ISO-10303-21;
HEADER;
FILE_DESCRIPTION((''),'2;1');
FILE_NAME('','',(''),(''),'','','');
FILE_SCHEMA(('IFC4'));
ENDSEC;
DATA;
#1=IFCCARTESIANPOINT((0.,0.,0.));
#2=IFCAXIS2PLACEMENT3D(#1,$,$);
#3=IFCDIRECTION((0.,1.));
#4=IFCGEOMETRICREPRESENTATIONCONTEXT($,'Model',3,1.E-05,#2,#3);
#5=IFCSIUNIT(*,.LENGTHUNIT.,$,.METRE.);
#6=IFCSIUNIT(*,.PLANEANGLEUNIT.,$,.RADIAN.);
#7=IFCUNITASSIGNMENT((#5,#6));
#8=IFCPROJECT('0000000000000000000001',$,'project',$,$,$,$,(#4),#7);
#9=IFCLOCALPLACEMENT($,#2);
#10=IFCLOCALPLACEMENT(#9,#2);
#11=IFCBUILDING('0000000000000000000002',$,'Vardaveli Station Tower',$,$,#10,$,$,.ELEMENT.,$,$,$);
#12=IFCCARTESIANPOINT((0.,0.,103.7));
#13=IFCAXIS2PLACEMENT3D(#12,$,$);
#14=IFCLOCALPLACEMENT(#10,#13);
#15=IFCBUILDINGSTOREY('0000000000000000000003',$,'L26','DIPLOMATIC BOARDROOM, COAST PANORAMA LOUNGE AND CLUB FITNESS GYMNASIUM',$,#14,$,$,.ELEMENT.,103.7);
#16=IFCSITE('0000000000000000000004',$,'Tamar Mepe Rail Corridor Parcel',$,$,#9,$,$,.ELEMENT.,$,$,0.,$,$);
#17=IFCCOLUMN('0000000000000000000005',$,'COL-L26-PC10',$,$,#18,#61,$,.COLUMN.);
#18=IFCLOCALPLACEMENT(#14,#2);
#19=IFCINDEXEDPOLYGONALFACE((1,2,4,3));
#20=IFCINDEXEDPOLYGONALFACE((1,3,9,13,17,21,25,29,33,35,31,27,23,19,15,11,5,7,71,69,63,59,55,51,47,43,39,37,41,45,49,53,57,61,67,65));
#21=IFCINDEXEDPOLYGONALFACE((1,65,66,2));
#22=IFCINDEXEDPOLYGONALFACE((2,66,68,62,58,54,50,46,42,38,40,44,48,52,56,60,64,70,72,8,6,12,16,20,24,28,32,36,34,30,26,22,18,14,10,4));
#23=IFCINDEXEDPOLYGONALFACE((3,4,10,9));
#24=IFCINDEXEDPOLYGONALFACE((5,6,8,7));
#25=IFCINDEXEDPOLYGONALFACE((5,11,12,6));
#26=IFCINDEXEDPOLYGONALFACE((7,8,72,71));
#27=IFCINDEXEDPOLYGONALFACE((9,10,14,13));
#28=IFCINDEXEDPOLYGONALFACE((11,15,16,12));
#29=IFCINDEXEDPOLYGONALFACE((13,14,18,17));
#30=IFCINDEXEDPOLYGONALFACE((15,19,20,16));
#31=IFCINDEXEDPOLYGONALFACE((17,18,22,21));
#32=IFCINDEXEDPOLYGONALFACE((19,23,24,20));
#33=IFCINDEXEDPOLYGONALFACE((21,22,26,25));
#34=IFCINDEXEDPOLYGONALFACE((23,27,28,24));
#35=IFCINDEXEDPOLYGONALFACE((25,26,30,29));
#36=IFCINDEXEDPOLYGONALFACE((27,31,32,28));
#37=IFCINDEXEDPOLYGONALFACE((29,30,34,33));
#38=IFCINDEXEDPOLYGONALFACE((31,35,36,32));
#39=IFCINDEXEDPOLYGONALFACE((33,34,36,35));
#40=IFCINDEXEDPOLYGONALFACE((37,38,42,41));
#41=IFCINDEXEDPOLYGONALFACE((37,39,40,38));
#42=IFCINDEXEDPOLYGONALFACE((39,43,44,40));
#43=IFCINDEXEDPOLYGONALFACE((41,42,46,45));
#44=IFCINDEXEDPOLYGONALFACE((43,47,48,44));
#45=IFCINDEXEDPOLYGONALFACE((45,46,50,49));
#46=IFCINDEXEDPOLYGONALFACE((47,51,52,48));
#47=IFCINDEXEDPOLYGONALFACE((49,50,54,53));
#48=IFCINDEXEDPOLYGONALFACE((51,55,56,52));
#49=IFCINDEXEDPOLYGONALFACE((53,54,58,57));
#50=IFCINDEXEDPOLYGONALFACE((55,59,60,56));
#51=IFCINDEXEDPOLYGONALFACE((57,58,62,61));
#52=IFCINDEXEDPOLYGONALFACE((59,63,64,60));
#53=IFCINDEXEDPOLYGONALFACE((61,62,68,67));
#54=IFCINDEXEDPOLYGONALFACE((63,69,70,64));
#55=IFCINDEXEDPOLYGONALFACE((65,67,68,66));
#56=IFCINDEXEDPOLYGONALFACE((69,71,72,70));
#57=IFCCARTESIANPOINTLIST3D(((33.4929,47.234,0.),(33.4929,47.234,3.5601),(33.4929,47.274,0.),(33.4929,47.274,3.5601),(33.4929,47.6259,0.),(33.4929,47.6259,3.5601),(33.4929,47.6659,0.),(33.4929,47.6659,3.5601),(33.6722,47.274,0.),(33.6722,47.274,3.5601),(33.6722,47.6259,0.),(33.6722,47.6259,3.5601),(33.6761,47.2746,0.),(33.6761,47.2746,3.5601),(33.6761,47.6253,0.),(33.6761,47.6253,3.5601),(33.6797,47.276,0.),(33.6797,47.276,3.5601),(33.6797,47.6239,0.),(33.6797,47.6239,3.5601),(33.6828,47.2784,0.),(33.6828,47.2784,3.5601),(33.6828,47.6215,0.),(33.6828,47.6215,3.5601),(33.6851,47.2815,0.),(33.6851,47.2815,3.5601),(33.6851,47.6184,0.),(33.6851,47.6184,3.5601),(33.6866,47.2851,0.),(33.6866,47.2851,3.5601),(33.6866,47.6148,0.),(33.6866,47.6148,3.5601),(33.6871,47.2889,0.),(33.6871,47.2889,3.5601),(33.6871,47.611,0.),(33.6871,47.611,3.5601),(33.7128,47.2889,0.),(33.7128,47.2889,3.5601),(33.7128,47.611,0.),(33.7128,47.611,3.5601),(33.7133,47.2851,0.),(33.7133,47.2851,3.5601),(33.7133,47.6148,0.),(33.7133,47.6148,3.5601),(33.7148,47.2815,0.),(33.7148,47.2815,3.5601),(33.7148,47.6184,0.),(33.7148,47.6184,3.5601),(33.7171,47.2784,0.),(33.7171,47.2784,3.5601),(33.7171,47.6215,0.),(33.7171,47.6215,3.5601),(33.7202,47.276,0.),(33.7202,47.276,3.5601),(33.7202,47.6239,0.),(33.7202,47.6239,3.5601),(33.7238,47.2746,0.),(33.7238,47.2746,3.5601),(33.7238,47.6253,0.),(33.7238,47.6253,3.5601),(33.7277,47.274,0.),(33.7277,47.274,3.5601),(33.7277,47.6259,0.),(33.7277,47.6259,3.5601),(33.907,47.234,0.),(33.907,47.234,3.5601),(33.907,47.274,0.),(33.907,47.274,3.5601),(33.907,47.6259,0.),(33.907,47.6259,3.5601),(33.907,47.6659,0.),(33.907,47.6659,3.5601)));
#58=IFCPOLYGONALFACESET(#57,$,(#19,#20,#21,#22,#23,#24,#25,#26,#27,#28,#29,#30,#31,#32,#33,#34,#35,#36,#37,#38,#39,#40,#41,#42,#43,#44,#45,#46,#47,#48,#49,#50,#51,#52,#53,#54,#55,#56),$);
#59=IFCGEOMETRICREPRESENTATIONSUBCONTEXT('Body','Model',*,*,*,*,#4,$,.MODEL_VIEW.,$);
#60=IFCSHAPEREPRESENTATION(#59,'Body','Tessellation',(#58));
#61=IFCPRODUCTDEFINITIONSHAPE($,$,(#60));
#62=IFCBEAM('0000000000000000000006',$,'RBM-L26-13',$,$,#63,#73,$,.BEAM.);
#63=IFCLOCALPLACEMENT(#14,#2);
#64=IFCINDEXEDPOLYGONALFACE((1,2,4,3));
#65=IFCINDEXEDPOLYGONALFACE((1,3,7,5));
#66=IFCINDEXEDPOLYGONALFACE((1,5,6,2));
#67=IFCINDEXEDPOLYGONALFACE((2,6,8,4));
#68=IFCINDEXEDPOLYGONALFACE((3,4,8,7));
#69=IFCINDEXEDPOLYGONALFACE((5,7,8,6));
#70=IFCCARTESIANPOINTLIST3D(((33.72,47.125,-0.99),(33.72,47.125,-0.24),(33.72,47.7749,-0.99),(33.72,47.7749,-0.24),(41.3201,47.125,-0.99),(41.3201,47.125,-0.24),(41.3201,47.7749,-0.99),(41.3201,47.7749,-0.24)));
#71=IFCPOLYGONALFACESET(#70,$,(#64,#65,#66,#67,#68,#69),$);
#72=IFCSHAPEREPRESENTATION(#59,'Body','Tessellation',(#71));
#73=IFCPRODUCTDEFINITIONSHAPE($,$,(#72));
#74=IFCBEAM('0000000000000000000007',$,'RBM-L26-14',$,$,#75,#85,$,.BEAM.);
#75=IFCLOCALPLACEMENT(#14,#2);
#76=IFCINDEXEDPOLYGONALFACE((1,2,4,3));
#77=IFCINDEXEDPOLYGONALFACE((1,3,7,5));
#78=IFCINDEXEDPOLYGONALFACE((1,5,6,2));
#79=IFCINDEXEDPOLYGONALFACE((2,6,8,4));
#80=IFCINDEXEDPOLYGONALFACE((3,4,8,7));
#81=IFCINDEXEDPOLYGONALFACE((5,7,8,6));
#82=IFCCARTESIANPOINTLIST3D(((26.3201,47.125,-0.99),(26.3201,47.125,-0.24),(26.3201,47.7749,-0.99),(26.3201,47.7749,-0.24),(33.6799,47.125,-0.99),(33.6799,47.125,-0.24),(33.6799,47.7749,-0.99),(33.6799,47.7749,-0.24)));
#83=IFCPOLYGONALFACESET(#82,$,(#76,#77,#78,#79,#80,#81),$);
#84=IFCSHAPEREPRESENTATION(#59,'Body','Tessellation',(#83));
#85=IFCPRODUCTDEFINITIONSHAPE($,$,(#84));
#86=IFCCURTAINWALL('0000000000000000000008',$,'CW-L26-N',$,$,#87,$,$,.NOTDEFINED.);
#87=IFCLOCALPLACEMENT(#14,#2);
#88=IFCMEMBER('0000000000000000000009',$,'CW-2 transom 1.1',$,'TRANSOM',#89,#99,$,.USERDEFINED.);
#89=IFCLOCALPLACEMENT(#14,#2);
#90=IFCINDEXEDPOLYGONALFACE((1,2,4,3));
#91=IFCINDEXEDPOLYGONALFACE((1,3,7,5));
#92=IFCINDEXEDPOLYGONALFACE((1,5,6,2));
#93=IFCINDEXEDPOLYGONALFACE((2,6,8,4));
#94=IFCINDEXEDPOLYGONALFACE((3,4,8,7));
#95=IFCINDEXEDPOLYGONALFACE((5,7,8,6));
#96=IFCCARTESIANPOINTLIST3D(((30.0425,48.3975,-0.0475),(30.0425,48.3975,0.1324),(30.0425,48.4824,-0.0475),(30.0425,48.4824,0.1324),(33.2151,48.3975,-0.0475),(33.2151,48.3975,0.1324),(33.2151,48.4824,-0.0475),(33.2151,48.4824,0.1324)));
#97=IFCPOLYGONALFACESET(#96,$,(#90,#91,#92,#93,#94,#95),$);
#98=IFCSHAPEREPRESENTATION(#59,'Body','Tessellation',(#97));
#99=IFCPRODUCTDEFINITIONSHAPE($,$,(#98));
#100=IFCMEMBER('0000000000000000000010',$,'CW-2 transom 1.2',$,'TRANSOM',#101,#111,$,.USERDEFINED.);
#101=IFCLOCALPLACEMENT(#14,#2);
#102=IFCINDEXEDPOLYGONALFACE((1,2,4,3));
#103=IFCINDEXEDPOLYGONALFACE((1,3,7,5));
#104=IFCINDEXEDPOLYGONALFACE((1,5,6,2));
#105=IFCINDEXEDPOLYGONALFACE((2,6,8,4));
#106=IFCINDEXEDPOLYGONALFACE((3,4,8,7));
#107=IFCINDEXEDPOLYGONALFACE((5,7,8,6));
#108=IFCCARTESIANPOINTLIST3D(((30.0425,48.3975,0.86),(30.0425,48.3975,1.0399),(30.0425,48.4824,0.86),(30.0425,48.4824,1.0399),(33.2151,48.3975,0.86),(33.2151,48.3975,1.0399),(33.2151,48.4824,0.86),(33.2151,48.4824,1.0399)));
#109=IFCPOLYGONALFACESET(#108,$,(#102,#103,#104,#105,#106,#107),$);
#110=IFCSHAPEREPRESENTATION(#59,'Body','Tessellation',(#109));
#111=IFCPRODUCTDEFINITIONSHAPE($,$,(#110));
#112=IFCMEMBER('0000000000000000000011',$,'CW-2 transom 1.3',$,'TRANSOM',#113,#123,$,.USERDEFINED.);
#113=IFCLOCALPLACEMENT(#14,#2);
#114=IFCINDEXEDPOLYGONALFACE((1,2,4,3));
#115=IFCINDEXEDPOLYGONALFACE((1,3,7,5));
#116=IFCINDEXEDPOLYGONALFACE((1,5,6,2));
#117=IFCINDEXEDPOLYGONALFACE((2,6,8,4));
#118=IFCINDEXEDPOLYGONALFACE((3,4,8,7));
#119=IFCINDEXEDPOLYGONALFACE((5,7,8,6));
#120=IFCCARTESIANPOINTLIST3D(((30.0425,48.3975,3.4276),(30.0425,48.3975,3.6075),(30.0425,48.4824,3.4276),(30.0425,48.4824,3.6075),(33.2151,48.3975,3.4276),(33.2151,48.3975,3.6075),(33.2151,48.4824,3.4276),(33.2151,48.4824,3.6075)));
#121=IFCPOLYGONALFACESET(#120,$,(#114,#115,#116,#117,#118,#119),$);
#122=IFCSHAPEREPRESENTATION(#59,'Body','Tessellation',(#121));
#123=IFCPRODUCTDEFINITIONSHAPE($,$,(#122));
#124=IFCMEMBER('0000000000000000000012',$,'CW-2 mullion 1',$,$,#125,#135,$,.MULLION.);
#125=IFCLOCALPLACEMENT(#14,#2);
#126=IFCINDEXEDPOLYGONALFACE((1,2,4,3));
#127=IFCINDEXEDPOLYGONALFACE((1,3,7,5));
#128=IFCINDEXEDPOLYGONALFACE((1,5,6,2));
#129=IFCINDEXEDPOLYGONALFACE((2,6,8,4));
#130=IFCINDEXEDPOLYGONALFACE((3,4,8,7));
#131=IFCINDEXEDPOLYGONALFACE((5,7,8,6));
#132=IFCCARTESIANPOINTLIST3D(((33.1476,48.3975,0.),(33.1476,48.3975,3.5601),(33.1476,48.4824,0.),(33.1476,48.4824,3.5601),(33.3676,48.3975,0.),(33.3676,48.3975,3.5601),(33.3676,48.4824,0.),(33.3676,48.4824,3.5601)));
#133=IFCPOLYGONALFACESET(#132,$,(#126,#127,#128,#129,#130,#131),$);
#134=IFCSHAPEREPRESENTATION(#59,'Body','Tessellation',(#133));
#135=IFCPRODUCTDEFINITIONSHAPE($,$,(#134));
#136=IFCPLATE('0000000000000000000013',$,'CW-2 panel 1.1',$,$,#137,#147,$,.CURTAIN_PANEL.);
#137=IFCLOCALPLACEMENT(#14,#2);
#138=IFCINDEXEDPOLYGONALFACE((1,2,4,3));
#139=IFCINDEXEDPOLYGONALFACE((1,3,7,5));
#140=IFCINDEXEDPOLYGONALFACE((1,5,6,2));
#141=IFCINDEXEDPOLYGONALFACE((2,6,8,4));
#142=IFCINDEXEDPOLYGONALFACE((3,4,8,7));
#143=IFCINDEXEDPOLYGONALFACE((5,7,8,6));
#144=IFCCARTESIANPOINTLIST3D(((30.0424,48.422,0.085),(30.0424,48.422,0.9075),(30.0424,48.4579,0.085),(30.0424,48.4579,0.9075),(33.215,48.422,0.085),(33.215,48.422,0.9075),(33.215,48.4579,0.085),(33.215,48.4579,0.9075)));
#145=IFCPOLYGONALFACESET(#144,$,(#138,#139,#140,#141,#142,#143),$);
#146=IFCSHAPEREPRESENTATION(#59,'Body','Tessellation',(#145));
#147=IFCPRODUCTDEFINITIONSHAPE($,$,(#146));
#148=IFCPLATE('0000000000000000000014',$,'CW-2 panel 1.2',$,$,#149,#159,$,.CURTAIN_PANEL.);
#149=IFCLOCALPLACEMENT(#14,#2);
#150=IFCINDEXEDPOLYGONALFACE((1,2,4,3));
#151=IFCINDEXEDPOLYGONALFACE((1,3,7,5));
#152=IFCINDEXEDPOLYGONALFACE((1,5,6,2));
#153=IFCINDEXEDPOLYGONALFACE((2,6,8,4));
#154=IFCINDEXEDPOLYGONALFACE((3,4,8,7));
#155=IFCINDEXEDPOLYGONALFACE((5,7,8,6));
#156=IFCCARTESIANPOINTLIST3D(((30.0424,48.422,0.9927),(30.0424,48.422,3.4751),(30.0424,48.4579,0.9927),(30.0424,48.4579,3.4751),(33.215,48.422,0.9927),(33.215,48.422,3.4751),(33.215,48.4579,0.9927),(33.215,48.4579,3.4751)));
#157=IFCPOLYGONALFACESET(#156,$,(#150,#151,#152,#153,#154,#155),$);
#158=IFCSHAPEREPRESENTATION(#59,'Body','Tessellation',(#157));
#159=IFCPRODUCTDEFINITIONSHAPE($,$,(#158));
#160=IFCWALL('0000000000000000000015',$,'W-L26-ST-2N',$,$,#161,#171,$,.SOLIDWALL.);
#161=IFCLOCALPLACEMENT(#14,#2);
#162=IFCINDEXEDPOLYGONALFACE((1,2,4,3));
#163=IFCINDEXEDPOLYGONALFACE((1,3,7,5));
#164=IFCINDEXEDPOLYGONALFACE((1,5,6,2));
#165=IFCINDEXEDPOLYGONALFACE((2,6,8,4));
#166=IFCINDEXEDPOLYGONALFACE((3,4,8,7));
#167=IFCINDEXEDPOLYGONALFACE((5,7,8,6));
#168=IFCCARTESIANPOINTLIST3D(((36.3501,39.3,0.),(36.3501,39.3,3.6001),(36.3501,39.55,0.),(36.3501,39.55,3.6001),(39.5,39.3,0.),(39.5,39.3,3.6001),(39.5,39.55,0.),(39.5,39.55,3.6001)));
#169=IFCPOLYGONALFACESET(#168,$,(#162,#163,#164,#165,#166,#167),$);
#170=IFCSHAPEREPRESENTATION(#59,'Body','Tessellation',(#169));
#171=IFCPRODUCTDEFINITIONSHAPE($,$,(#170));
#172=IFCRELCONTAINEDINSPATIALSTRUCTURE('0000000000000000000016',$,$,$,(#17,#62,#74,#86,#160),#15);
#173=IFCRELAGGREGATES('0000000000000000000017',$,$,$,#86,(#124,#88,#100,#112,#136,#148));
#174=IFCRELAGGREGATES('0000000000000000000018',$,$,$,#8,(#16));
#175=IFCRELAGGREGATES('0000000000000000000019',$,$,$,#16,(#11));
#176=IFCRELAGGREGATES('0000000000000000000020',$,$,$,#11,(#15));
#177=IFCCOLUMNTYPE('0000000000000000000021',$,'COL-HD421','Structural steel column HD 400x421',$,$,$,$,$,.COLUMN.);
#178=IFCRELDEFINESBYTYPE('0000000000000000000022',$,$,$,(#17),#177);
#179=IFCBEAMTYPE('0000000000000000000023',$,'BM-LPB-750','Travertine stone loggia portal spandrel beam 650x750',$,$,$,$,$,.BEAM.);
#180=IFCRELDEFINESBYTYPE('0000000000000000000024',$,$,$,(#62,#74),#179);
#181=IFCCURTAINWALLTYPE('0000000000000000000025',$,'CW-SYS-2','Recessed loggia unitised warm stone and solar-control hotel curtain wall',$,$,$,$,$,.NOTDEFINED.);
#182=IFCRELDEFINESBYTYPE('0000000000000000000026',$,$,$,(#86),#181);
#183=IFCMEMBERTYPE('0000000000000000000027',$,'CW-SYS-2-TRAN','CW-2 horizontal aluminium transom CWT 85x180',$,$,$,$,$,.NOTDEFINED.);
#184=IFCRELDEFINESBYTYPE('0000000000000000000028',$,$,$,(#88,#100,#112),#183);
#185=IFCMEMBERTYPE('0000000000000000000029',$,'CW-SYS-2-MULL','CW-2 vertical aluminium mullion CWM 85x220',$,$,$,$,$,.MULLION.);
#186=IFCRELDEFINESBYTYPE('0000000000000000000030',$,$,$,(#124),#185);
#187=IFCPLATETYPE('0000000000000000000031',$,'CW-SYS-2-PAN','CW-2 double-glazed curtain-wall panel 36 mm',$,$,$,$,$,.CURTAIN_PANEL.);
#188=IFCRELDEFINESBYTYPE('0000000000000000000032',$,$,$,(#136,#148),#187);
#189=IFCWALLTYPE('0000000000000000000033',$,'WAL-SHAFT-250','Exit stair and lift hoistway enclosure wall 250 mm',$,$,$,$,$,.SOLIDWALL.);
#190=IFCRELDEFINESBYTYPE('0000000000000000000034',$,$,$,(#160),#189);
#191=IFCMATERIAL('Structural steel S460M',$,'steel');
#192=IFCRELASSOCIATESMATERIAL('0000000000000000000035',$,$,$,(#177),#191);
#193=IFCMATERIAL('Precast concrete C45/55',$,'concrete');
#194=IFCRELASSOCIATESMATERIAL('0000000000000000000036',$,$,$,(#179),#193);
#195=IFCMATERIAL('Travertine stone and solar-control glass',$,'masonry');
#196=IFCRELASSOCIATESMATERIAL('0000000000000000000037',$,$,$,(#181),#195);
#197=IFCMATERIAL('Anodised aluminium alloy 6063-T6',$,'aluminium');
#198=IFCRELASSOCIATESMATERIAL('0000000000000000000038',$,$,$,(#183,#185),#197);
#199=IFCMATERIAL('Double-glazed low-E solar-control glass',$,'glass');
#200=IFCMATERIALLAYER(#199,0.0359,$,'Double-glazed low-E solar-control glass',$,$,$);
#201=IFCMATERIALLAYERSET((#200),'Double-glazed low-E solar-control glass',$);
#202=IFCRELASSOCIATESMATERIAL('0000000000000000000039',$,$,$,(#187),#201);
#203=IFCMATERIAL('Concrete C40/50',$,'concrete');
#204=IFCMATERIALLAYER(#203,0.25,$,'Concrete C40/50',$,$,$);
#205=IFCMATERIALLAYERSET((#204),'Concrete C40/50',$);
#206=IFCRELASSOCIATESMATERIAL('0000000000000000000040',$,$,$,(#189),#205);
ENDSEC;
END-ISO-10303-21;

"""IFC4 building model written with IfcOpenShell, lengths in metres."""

from ifc_helpers import new_model, si_unit, direction, frame, frame_2d, origin, origin_2d, place, context, subcontext, project, spatial, rectangle, i_section, extrude, source, transform, mapped, material, layer, layer_set, material_profile, profile_set, type_object, element, aggregate, save


model = new_model("IFC4")

# Units and contexts
model_context = context("Model", 3, precision=1e-05, world=origin(), true_north=direction((0.0, 1.0)))
body_context = subcontext(model_context, "Body", "Model", "MODEL_VIEW")
ifc_project = project(units=[si_unit("LENGTHUNIT", "METRE"), si_unit("PLANEANGLEUNIT", "RADIAN")], contexts=[model_context])

# Site, building, storey
site_placement = place(None, origin())
site = spatial("IfcSite", under=ifc_project, at=site_placement, Name="Tamar Mepe Rail Corridor Parcel", CompositionType="ELEMENT", RefElevation=0.0)
building_placement = place(site_placement, origin())
building = spatial("IfcBuilding", under=site, at=building_placement, Name="Vardaveli Station Tower", CompositionType="ELEMENT")
storey_placement = place(building_placement, frame((0.0, 0.0, 103.7)))
storey = spatial("IfcBuildingStorey", under=building, at=storey_placement, Name="L26", Description="DIPLOMATIC BOARDROOM, COAST PANORAMA LOUNGE AND CLUB FITNESS GYMNASIUM", CompositionType="ELEMENT", Elevation=103.7)

# Column
ifc_material_1 = material(Name="Structural steel S460M", Category="steel")
ifc_material_profile_1 = material_profile(ifc_material_1, i_section(OverallWidth=0.4141, OverallDepth=0.4319, WebThickness=0.0256, FlangeThickness=0.04, FilletRadius=0.0149, at=origin_2d()), Name="HD 400x421")
ifc_profile_set_1 = profile_set([ifc_material_profile_1], Name="Structural steel S460M")
column_type = type_object("IfcColumnType", Name="COL-HD421", Description="Structural steel column HD 400x421", PredefinedType="COLUMN", material=ifc_profile_set_1)
shared_shape_1 = source(origin(), body_context, "Body", "SweptSolid", [
    extrude(i_section(OverallWidth=0.4141, OverallDepth=0.4319, WebThickness=0.0256, FlangeThickness=0.04, FilletRadius=0.0149, at=origin_2d()), origin(), (0.0, 0.0, 1.0), 3.5601),
])
column_placement = place(storey_placement, frame((33.7, 47.45, 0.0), z_axis=(0.0, 0.0, 1.0), x_axis=(1.0, 0.0, 0.0)))
element("IfcColumn", 1, at=column_placement, inside=storey, type_object=column_type, Name="COL-L26-PC10", PredefinedType="COLUMN", context=body_context, shape_type="MappedRepresentation", body=[
    mapped(shared_shape_1, transform((0.0, 0.0, 0.0), scale=1.0)),
])

# Beams
ifc_material_2 = material(Name="Precast concrete C45/55", Category="concrete")
ifc_material_profile_2 = material_profile(ifc_material_2, rectangle(XDim=0.6499, YDim=0.75, at=origin_2d()), Name="LPB 650x750")
ifc_profile_set_2 = profile_set([ifc_material_profile_2], Name="Precast concrete C45/55")
beam_type = type_object("IfcBeamType", Name="BM-LPB-750", Description="Travertine stone loggia portal spandrel beam 650x750", PredefinedType="BEAM", material=ifc_profile_set_2)
shared_shape_2 = source(origin(), body_context, "Body", "SweptSolid", [
    extrude(rectangle(XDim=0.6499, YDim=0.75, at=origin_2d()), origin(), (0.0, 0.0, 1.0), 7.6001),
])
beam_1_placement = place(storey_placement, frame((41.3201, 47.45, -0.615), z_axis=(-1.0, 0.0, 0.0), x_axis=(0.0, -1.0, 0.0)))
element("IfcBeam", 2, at=beam_1_placement, inside=storey, type_object=beam_type, Name="RBM-L26-13", PredefinedType="BEAM", context=body_context, shape_type="MappedRepresentation", body=[
    mapped(shared_shape_2, transform((0.0, 0.0, 0.0), scale=1.0)),
])
shared_shape_3 = source(origin(), body_context, "Body", "SweptSolid", [
    extrude(rectangle(XDim=0.6499, YDim=0.75, at=origin_2d()), origin(), (0.0, 0.0, 1.0), 7.3599),
])
beam_2_placement = place(storey_placement, frame((33.6799, 47.45, -0.615), z_axis=(-1.0, 0.0, 0.0), x_axis=(0.0, -1.0, 0.0)))
element("IfcBeam", 3, at=beam_2_placement, inside=storey, type_object=beam_type, Name="RBM-L26-14", PredefinedType="BEAM", context=body_context, shape_type="MappedRepresentation", body=[
    mapped(shared_shape_3, transform((0.0, 0.0, 0.0), scale=1.0)),
])

# Curtain wall, members, plates
ifc_material_3 = material(Name="Travertine stone and solar-control glass", Category="masonry")
curtain_wall_type = type_object("IfcCurtainWallType", Name="CW-SYS-2", Description="Recessed loggia unitised warm stone and solar-control hotel curtain wall", PredefinedType="NOTDEFINED", material=ifc_material_3)
curtain_wall_placement = place(storey_placement, origin())
curtain_wall = element("IfcCurtainWall", 4, at=curtain_wall_placement, inside=storey, type_object=curtain_wall_type, Name="CW-L26-N", PredefinedType="NOTDEFINED")
ifc_material_4 = material(Name="Anodised aluminium alloy 6063-T6", Category="aluminium")
ifc_material_profile_3 = material_profile(ifc_material_4, rectangle(XDim=0.085, YDim=0.1799, at=origin_2d()), Name="CWT 85x180")
ifc_profile_set_3 = profile_set([ifc_material_profile_3], Name="Anodised aluminium alloy 6063-T6")
member_type_1 = type_object("IfcMemberType", Name="CW-SYS-2-TRAN", Description="CW-2 horizontal aluminium transom CWT 85x180", PredefinedType="NOTDEFINED", material=ifc_profile_set_3)
shared_shape_4 = source(origin(), body_context, "Body", "SweptSolid", [
    extrude(rectangle(XDim=0.085, YDim=0.1799, at=origin_2d()), origin(), (0.0, 0.0, 1.0), 3.1726),
])
member_1_placement = place(storey_placement, frame((33.2151, 48.4399, 0.0425), z_axis=(-1.0, 0.0, 0.0), x_axis=(0.0, -1.0, 0.0)))
member_1 = element("IfcMember", 5, at=member_1_placement, type_object=member_type_1, Name="CW-2 transom 1.1", ObjectType="TRANSOM", PredefinedType="USERDEFINED", context=body_context, shape_type="MappedRepresentation", body=[
    mapped(shared_shape_4, transform((0.0, 0.0, 0.0), scale=1.0)),
])
member_2_placement = place(storey_placement, frame((33.2151, 48.4399, 0.95), z_axis=(-1.0, 0.0, 0.0), x_axis=(0.0, -1.0, 0.0)))
member_2 = element("IfcMember", 6, at=member_2_placement, type_object=member_type_1, Name="CW-2 transom 1.2", ObjectType="TRANSOM", PredefinedType="USERDEFINED", context=body_context, shape_type="MappedRepresentation", body=[
    mapped(shared_shape_4, transform((0.0, 0.0, 0.0), scale=1.0)),
])
member_3_placement = place(storey_placement, frame((33.2151, 48.4399, 3.5176), z_axis=(-1.0, 0.0, 0.0), x_axis=(0.0, -1.0, 0.0)))
member_3 = element("IfcMember", 7, at=member_3_placement, type_object=member_type_1, Name="CW-2 transom 1.3", ObjectType="TRANSOM", PredefinedType="USERDEFINED", context=body_context, shape_type="MappedRepresentation", body=[
    mapped(shared_shape_4, transform((0.0, 0.0, 0.0), scale=1.0)),
])
ifc_material_profile_4 = material_profile(ifc_material_4, rectangle(XDim=0.085, YDim=0.22, at=origin_2d()), Name="CWM 85x220")
ifc_profile_set_4 = profile_set([ifc_material_profile_4], Name="Anodised aluminium alloy 6063-T6")
member_type_2 = type_object("IfcMemberType", Name="CW-SYS-2-MULL", Description="CW-2 vertical aluminium mullion CWM 85x220", PredefinedType="MULLION", material=ifc_profile_set_4)
shared_shape_5 = source(origin(), body_context, "Body", "SweptSolid", [
    extrude(rectangle(XDim=0.085, YDim=0.22, at=origin_2d()), origin(), (0.0, 0.0, 1.0), 3.5601),
])
member_4_placement = place(storey_placement, frame((33.2576, 48.4399, 0.0), z_axis=(0.0, 0.0, 1.0), x_axis=(0.0, -1.0, 0.0)))
member_4 = element("IfcMember", 8, at=member_4_placement, type_object=member_type_2, Name="CW-2 mullion 1", PredefinedType="MULLION", context=body_context, shape_type="MappedRepresentation", body=[
    mapped(shared_shape_5, transform((0.0, 0.0, 0.0), scale=1.0)),
])
ifc_material_5 = material(Name="Double-glazed low-E solar-control glass", Category="glass")
ifc_layer_1 = layer(ifc_material_5, 0.0359, Name="Double-glazed low-E solar-control glass")
ifc_layer_set_1 = layer_set([ifc_layer_1], Name="Double-glazed low-E solar-control glass")
plate_type = type_object("IfcPlateType", Name="CW-SYS-2-PAN", Description="CW-2 double-glazed curtain-wall panel 36 mm", PredefinedType="CURTAIN_PANEL", material=ifc_layer_set_1)
shared_shape_6 = source(origin(), body_context, "Body", "SweptSolid", [
    extrude(rectangle(XDim=3.1726, YDim=0.0359, at=origin_2d()), origin(), (0.0, 0.0, 1.0), 0.8225),
])
plate_1_placement = place(storey_placement, frame((31.6287, 48.4399, 0.085), z_axis=(0.0, 0.0, 1.0), x_axis=(-1.0, 0.0, 0.0)))
plate_1 = element("IfcPlate", 9, at=plate_1_placement, type_object=plate_type, Name="CW-2 panel 1.1", PredefinedType="CURTAIN_PANEL", context=body_context, shape_type="MappedRepresentation", body=[
    mapped(shared_shape_6, transform((0.0, 0.0, 0.0), scale=1.0)),
])
shared_shape_7 = source(origin(), body_context, "Body", "SweptSolid", [
    extrude(rectangle(XDim=3.1726, YDim=0.0359, at=origin_2d()), origin(), (0.0, 0.0, 1.0), 2.4824),
])
plate_2_placement = place(storey_placement, frame((31.6287, 48.4399, 0.9927), z_axis=(0.0, 0.0, 1.0), x_axis=(-1.0, 0.0, 0.0)))
plate_2 = element("IfcPlate", 10, at=plate_2_placement, type_object=plate_type, Name="CW-2 panel 1.2", PredefinedType="CURTAIN_PANEL", context=body_context, shape_type="MappedRepresentation", body=[
    mapped(shared_shape_7, transform((0.0, 0.0, 0.0), scale=1.0)),
])
aggregate(curtain_wall, [member_4, member_1, member_2, member_3, plate_1, plate_2])

# Wall
ifc_material_6 = material(Name="Concrete C40/50", Category="concrete")
ifc_layer_2 = layer(ifc_material_6, 0.25, Name="Concrete C40/50")
ifc_layer_set_2 = layer_set([ifc_layer_2], Name="Concrete C40/50")
wall_type = type_object("IfcWallType", Name="WAL-SHAFT-250", Description="Exit stair and lift hoistway enclosure wall 250 mm", PredefinedType="SOLIDWALL", material=ifc_layer_set_2)
shared_shape_8 = source(origin(), body_context, "Body", "SweptSolid", [
    extrude(rectangle(XDim=3.1499, YDim=0.25, at=frame_2d((1.575, 0.0))), origin(), (0.0, 0.0, 1.0), 3.6001),
])
wall_1_placement = place(storey_placement, frame((36.3501, 39.425, 0.0), z_axis=(0.0, 0.0, 1.0), x_axis=(1.0, 0.0, 0.0)))
element("IfcWall", 11, at=wall_1_placement, inside=storey, type_object=wall_type, Name="W-L26-ST-2N", PredefinedType="SOLIDWALL", context=body_context, shape_type="MappedRepresentation", body=[
    mapped(shared_shape_8, transform((0.0, 0.0, 0.0), scale=1.0)),
])

save(model, "model.ifc")
